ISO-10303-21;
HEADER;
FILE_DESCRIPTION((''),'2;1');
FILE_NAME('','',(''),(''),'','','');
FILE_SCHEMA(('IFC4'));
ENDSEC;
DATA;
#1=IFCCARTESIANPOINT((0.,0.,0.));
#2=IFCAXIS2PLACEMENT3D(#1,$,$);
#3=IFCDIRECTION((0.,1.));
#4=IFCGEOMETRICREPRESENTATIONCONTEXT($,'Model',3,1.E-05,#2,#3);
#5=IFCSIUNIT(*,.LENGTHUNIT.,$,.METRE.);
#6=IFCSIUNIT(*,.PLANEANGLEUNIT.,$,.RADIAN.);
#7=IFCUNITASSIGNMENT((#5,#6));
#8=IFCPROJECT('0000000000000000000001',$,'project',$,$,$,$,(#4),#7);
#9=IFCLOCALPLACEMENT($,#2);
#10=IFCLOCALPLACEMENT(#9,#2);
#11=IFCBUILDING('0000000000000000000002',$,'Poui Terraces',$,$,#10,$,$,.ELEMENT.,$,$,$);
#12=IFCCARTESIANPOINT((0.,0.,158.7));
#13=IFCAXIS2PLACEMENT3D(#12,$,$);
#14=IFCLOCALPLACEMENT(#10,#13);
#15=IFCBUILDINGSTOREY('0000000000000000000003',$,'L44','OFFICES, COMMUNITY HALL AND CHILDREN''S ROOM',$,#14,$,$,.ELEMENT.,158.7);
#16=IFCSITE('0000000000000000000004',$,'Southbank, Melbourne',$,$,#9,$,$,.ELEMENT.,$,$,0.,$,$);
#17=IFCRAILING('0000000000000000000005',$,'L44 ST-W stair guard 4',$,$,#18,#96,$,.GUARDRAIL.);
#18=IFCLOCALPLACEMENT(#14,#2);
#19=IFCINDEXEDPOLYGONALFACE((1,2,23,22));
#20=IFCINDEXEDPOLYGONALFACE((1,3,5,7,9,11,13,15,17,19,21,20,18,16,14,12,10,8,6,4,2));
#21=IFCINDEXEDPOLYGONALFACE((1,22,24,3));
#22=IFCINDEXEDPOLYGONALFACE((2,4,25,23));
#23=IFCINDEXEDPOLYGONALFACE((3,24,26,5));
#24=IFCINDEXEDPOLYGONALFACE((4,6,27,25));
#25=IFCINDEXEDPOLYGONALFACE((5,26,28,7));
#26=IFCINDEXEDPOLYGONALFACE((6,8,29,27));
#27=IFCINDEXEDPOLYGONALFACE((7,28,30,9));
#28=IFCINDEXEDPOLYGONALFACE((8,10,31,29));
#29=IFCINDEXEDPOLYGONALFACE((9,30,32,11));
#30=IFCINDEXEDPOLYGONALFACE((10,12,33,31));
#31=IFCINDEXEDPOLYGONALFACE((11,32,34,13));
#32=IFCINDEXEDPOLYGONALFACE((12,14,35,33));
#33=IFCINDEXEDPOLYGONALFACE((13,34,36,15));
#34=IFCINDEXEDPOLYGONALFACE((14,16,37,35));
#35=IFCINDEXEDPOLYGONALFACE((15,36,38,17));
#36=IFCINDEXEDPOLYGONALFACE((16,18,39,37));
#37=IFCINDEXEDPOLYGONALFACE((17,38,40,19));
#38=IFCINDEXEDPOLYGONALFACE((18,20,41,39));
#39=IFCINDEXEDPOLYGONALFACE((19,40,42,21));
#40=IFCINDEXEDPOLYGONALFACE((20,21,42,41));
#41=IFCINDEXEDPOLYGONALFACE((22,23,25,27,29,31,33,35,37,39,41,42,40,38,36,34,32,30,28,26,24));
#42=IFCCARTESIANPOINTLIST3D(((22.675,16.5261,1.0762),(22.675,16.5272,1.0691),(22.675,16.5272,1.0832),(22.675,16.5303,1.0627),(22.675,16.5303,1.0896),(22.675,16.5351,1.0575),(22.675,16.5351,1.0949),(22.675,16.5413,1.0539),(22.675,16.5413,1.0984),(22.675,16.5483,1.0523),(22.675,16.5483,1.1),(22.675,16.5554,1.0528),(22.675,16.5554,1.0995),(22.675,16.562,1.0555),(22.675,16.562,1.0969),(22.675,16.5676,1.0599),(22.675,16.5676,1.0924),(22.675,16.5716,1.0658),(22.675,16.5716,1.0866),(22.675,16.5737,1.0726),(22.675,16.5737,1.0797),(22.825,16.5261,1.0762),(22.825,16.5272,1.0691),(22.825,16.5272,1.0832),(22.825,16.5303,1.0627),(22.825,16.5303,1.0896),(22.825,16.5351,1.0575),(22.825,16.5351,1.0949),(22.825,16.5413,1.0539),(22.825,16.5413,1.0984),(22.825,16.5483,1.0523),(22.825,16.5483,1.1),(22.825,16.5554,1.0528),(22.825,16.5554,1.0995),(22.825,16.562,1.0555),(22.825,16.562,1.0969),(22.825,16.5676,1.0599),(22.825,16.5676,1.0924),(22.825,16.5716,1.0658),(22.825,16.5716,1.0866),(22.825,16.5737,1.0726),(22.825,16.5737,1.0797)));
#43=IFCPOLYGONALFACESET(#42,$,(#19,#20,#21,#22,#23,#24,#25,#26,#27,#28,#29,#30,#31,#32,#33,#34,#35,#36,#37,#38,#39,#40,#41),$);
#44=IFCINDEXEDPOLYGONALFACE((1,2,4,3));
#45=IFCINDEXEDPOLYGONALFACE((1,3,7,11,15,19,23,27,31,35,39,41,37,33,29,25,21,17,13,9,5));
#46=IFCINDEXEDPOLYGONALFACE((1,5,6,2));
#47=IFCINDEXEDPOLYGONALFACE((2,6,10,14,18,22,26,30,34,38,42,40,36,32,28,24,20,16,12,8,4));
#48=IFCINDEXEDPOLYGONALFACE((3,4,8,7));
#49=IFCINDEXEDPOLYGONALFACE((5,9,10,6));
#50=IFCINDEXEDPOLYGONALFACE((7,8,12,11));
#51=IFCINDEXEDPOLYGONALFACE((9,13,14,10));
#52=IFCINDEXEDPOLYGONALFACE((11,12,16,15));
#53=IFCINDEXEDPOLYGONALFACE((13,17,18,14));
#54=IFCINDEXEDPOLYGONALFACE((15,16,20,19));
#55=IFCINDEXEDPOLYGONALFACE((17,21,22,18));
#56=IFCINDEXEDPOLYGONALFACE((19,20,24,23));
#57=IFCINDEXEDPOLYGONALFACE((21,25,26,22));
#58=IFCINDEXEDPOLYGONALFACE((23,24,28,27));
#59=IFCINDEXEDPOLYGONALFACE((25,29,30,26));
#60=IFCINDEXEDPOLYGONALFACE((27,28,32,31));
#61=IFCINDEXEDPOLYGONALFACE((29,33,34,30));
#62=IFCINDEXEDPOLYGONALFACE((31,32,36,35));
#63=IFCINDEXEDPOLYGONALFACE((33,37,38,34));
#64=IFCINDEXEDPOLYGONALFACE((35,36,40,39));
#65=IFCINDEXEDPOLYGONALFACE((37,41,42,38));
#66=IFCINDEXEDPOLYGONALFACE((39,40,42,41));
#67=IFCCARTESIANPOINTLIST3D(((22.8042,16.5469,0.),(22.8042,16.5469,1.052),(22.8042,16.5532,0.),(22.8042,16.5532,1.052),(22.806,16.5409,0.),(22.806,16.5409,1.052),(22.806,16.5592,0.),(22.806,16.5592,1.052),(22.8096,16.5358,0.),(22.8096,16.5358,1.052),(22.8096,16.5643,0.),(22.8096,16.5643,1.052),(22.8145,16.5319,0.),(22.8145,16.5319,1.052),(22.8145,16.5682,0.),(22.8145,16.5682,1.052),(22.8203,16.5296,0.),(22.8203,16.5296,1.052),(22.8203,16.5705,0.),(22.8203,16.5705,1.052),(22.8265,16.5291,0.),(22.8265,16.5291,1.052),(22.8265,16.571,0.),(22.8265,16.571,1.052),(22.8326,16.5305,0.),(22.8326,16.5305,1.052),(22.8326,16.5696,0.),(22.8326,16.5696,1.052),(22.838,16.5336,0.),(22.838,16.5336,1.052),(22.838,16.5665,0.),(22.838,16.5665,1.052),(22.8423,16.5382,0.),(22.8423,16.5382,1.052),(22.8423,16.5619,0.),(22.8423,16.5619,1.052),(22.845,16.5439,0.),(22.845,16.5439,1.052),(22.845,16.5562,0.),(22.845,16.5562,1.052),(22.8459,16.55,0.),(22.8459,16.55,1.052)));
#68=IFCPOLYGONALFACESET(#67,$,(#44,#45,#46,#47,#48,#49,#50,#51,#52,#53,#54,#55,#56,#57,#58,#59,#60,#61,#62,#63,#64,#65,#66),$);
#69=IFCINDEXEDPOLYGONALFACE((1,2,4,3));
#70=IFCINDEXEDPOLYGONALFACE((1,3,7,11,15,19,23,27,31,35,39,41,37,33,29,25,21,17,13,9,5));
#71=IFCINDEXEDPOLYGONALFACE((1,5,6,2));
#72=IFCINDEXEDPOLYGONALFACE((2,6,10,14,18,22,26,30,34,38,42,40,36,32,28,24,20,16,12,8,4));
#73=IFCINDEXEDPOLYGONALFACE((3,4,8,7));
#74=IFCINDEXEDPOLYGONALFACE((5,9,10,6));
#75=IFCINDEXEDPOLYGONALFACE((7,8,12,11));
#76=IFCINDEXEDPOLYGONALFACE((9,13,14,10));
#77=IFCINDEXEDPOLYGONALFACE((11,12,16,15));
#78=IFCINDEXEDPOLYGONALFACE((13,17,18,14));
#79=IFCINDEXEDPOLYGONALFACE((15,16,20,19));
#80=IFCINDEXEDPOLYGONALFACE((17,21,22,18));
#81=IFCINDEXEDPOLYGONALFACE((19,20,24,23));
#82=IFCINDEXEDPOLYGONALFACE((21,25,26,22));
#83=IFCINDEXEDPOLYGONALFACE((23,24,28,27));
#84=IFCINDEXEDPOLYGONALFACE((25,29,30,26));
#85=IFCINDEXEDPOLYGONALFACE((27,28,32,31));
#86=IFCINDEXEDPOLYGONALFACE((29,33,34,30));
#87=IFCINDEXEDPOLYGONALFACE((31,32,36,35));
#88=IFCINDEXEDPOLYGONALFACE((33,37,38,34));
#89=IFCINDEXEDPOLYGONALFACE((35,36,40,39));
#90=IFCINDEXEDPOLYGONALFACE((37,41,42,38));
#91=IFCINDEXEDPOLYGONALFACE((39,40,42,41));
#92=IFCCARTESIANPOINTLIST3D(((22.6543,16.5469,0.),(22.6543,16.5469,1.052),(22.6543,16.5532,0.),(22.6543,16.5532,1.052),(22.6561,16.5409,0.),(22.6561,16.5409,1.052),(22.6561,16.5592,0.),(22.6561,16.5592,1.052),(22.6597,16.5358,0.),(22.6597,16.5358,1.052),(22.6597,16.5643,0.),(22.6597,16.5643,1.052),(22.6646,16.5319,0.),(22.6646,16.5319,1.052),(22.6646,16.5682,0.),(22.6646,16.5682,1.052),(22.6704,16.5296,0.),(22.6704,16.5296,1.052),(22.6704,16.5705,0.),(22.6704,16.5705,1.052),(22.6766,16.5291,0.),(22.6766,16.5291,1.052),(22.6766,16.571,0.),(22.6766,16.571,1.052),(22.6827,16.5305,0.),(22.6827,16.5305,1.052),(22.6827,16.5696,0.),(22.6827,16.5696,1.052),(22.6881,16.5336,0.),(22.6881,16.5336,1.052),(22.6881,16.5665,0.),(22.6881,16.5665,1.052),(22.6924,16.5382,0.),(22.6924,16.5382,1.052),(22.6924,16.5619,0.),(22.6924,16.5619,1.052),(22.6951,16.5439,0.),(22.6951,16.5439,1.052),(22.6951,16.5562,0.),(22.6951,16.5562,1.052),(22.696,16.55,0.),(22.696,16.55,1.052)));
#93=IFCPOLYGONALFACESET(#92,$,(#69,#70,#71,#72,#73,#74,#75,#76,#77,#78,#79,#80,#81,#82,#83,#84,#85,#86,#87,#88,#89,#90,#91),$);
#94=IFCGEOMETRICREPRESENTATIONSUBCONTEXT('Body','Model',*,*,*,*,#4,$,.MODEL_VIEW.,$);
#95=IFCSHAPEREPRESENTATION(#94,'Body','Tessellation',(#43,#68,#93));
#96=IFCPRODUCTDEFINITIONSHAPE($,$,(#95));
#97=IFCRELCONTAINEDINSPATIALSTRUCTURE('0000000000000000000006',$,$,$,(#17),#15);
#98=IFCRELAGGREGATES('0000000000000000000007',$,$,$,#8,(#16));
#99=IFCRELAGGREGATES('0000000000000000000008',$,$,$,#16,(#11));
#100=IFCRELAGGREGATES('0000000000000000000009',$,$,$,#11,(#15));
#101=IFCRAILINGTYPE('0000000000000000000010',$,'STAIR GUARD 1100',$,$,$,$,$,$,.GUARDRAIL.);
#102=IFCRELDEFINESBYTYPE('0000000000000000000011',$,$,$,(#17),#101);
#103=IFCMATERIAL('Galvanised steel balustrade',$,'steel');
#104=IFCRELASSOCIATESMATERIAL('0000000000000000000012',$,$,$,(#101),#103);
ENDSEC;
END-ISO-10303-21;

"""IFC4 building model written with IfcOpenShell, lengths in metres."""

from ifc_helpers import new_model, si_unit, direction, frame, origin, origin_2d, place, context, subcontext, project, spatial, circle, extrude, material, type_object, element, save


model = new_model("IFC4")

# Units and contexts
model_context = context("Model", 3, precision=1e-05, world=origin(), true_north=direction((0.0, 1.0)))
body_context = subcontext(model_context, "Body", "Model", "MODEL_VIEW")
ifc_project = project(units=[si_unit("LENGTHUNIT", "METRE"), si_unit("PLANEANGLEUNIT", "RADIAN")], contexts=[model_context])

# Site, building, storey
site_placement = place(None, origin())
site = spatial("IfcSite", under=ifc_project, at=site_placement, Name="Southbank, Melbourne", CompositionType="ELEMENT", RefElevation=0.0)
building_placement = place(site_placement, origin())
building = spatial("IfcBuilding", under=site, at=building_placement, Name="Poui Terraces", CompositionType="ELEMENT")
storey_placement = place(building_placement, frame((0.0, 0.0, 158.7)))
storey = spatial("IfcBuildingStorey", under=building, at=storey_placement, Name="L44", Description="OFFICES, COMMUNITY HALL AND CHILDREN'S ROOM", CompositionType="ELEMENT", Elevation=158.7)

# Railing
ifc_material_1 = material(Name="Galvanised steel balustrade", Category="steel")
railing_type = type_object("IfcRailingType", Name="STAIR GUARD 1100", PredefinedType="GUARDRAIL", material=ifc_material_1)
railing_placement = place(storey_placement, frame((22.825, 16.55, 0.0)))
element("IfcRailing", 1, at=railing_placement, inside=storey, type_object=railing_type, Name="L44 ST-W stair guard 4", PredefinedType="GUARDRAIL", context=body_context, shape_type="SweptSolid", body=[
    extrude(circle(Radius=0.0239, at=origin_2d()), frame((0.0, 0.0, 1.0762), z_axis=(-1.0, 0.0, 0.0), x_axis=(0.0, -1.0, 0.0)), (0.0, 0.0, 1.0), 0.1499),
    extrude(circle(Radius=0.021, at=origin_2d()), origin(), (0.0, 0.0, 1.0), 1.052),
    extrude(circle(Radius=0.021, at=origin_2d()), frame((-0.1499, 0.0, 0.0)), (0.0, 0.0, 1.0), 1.052),
])

save(model, "model.ifc")
